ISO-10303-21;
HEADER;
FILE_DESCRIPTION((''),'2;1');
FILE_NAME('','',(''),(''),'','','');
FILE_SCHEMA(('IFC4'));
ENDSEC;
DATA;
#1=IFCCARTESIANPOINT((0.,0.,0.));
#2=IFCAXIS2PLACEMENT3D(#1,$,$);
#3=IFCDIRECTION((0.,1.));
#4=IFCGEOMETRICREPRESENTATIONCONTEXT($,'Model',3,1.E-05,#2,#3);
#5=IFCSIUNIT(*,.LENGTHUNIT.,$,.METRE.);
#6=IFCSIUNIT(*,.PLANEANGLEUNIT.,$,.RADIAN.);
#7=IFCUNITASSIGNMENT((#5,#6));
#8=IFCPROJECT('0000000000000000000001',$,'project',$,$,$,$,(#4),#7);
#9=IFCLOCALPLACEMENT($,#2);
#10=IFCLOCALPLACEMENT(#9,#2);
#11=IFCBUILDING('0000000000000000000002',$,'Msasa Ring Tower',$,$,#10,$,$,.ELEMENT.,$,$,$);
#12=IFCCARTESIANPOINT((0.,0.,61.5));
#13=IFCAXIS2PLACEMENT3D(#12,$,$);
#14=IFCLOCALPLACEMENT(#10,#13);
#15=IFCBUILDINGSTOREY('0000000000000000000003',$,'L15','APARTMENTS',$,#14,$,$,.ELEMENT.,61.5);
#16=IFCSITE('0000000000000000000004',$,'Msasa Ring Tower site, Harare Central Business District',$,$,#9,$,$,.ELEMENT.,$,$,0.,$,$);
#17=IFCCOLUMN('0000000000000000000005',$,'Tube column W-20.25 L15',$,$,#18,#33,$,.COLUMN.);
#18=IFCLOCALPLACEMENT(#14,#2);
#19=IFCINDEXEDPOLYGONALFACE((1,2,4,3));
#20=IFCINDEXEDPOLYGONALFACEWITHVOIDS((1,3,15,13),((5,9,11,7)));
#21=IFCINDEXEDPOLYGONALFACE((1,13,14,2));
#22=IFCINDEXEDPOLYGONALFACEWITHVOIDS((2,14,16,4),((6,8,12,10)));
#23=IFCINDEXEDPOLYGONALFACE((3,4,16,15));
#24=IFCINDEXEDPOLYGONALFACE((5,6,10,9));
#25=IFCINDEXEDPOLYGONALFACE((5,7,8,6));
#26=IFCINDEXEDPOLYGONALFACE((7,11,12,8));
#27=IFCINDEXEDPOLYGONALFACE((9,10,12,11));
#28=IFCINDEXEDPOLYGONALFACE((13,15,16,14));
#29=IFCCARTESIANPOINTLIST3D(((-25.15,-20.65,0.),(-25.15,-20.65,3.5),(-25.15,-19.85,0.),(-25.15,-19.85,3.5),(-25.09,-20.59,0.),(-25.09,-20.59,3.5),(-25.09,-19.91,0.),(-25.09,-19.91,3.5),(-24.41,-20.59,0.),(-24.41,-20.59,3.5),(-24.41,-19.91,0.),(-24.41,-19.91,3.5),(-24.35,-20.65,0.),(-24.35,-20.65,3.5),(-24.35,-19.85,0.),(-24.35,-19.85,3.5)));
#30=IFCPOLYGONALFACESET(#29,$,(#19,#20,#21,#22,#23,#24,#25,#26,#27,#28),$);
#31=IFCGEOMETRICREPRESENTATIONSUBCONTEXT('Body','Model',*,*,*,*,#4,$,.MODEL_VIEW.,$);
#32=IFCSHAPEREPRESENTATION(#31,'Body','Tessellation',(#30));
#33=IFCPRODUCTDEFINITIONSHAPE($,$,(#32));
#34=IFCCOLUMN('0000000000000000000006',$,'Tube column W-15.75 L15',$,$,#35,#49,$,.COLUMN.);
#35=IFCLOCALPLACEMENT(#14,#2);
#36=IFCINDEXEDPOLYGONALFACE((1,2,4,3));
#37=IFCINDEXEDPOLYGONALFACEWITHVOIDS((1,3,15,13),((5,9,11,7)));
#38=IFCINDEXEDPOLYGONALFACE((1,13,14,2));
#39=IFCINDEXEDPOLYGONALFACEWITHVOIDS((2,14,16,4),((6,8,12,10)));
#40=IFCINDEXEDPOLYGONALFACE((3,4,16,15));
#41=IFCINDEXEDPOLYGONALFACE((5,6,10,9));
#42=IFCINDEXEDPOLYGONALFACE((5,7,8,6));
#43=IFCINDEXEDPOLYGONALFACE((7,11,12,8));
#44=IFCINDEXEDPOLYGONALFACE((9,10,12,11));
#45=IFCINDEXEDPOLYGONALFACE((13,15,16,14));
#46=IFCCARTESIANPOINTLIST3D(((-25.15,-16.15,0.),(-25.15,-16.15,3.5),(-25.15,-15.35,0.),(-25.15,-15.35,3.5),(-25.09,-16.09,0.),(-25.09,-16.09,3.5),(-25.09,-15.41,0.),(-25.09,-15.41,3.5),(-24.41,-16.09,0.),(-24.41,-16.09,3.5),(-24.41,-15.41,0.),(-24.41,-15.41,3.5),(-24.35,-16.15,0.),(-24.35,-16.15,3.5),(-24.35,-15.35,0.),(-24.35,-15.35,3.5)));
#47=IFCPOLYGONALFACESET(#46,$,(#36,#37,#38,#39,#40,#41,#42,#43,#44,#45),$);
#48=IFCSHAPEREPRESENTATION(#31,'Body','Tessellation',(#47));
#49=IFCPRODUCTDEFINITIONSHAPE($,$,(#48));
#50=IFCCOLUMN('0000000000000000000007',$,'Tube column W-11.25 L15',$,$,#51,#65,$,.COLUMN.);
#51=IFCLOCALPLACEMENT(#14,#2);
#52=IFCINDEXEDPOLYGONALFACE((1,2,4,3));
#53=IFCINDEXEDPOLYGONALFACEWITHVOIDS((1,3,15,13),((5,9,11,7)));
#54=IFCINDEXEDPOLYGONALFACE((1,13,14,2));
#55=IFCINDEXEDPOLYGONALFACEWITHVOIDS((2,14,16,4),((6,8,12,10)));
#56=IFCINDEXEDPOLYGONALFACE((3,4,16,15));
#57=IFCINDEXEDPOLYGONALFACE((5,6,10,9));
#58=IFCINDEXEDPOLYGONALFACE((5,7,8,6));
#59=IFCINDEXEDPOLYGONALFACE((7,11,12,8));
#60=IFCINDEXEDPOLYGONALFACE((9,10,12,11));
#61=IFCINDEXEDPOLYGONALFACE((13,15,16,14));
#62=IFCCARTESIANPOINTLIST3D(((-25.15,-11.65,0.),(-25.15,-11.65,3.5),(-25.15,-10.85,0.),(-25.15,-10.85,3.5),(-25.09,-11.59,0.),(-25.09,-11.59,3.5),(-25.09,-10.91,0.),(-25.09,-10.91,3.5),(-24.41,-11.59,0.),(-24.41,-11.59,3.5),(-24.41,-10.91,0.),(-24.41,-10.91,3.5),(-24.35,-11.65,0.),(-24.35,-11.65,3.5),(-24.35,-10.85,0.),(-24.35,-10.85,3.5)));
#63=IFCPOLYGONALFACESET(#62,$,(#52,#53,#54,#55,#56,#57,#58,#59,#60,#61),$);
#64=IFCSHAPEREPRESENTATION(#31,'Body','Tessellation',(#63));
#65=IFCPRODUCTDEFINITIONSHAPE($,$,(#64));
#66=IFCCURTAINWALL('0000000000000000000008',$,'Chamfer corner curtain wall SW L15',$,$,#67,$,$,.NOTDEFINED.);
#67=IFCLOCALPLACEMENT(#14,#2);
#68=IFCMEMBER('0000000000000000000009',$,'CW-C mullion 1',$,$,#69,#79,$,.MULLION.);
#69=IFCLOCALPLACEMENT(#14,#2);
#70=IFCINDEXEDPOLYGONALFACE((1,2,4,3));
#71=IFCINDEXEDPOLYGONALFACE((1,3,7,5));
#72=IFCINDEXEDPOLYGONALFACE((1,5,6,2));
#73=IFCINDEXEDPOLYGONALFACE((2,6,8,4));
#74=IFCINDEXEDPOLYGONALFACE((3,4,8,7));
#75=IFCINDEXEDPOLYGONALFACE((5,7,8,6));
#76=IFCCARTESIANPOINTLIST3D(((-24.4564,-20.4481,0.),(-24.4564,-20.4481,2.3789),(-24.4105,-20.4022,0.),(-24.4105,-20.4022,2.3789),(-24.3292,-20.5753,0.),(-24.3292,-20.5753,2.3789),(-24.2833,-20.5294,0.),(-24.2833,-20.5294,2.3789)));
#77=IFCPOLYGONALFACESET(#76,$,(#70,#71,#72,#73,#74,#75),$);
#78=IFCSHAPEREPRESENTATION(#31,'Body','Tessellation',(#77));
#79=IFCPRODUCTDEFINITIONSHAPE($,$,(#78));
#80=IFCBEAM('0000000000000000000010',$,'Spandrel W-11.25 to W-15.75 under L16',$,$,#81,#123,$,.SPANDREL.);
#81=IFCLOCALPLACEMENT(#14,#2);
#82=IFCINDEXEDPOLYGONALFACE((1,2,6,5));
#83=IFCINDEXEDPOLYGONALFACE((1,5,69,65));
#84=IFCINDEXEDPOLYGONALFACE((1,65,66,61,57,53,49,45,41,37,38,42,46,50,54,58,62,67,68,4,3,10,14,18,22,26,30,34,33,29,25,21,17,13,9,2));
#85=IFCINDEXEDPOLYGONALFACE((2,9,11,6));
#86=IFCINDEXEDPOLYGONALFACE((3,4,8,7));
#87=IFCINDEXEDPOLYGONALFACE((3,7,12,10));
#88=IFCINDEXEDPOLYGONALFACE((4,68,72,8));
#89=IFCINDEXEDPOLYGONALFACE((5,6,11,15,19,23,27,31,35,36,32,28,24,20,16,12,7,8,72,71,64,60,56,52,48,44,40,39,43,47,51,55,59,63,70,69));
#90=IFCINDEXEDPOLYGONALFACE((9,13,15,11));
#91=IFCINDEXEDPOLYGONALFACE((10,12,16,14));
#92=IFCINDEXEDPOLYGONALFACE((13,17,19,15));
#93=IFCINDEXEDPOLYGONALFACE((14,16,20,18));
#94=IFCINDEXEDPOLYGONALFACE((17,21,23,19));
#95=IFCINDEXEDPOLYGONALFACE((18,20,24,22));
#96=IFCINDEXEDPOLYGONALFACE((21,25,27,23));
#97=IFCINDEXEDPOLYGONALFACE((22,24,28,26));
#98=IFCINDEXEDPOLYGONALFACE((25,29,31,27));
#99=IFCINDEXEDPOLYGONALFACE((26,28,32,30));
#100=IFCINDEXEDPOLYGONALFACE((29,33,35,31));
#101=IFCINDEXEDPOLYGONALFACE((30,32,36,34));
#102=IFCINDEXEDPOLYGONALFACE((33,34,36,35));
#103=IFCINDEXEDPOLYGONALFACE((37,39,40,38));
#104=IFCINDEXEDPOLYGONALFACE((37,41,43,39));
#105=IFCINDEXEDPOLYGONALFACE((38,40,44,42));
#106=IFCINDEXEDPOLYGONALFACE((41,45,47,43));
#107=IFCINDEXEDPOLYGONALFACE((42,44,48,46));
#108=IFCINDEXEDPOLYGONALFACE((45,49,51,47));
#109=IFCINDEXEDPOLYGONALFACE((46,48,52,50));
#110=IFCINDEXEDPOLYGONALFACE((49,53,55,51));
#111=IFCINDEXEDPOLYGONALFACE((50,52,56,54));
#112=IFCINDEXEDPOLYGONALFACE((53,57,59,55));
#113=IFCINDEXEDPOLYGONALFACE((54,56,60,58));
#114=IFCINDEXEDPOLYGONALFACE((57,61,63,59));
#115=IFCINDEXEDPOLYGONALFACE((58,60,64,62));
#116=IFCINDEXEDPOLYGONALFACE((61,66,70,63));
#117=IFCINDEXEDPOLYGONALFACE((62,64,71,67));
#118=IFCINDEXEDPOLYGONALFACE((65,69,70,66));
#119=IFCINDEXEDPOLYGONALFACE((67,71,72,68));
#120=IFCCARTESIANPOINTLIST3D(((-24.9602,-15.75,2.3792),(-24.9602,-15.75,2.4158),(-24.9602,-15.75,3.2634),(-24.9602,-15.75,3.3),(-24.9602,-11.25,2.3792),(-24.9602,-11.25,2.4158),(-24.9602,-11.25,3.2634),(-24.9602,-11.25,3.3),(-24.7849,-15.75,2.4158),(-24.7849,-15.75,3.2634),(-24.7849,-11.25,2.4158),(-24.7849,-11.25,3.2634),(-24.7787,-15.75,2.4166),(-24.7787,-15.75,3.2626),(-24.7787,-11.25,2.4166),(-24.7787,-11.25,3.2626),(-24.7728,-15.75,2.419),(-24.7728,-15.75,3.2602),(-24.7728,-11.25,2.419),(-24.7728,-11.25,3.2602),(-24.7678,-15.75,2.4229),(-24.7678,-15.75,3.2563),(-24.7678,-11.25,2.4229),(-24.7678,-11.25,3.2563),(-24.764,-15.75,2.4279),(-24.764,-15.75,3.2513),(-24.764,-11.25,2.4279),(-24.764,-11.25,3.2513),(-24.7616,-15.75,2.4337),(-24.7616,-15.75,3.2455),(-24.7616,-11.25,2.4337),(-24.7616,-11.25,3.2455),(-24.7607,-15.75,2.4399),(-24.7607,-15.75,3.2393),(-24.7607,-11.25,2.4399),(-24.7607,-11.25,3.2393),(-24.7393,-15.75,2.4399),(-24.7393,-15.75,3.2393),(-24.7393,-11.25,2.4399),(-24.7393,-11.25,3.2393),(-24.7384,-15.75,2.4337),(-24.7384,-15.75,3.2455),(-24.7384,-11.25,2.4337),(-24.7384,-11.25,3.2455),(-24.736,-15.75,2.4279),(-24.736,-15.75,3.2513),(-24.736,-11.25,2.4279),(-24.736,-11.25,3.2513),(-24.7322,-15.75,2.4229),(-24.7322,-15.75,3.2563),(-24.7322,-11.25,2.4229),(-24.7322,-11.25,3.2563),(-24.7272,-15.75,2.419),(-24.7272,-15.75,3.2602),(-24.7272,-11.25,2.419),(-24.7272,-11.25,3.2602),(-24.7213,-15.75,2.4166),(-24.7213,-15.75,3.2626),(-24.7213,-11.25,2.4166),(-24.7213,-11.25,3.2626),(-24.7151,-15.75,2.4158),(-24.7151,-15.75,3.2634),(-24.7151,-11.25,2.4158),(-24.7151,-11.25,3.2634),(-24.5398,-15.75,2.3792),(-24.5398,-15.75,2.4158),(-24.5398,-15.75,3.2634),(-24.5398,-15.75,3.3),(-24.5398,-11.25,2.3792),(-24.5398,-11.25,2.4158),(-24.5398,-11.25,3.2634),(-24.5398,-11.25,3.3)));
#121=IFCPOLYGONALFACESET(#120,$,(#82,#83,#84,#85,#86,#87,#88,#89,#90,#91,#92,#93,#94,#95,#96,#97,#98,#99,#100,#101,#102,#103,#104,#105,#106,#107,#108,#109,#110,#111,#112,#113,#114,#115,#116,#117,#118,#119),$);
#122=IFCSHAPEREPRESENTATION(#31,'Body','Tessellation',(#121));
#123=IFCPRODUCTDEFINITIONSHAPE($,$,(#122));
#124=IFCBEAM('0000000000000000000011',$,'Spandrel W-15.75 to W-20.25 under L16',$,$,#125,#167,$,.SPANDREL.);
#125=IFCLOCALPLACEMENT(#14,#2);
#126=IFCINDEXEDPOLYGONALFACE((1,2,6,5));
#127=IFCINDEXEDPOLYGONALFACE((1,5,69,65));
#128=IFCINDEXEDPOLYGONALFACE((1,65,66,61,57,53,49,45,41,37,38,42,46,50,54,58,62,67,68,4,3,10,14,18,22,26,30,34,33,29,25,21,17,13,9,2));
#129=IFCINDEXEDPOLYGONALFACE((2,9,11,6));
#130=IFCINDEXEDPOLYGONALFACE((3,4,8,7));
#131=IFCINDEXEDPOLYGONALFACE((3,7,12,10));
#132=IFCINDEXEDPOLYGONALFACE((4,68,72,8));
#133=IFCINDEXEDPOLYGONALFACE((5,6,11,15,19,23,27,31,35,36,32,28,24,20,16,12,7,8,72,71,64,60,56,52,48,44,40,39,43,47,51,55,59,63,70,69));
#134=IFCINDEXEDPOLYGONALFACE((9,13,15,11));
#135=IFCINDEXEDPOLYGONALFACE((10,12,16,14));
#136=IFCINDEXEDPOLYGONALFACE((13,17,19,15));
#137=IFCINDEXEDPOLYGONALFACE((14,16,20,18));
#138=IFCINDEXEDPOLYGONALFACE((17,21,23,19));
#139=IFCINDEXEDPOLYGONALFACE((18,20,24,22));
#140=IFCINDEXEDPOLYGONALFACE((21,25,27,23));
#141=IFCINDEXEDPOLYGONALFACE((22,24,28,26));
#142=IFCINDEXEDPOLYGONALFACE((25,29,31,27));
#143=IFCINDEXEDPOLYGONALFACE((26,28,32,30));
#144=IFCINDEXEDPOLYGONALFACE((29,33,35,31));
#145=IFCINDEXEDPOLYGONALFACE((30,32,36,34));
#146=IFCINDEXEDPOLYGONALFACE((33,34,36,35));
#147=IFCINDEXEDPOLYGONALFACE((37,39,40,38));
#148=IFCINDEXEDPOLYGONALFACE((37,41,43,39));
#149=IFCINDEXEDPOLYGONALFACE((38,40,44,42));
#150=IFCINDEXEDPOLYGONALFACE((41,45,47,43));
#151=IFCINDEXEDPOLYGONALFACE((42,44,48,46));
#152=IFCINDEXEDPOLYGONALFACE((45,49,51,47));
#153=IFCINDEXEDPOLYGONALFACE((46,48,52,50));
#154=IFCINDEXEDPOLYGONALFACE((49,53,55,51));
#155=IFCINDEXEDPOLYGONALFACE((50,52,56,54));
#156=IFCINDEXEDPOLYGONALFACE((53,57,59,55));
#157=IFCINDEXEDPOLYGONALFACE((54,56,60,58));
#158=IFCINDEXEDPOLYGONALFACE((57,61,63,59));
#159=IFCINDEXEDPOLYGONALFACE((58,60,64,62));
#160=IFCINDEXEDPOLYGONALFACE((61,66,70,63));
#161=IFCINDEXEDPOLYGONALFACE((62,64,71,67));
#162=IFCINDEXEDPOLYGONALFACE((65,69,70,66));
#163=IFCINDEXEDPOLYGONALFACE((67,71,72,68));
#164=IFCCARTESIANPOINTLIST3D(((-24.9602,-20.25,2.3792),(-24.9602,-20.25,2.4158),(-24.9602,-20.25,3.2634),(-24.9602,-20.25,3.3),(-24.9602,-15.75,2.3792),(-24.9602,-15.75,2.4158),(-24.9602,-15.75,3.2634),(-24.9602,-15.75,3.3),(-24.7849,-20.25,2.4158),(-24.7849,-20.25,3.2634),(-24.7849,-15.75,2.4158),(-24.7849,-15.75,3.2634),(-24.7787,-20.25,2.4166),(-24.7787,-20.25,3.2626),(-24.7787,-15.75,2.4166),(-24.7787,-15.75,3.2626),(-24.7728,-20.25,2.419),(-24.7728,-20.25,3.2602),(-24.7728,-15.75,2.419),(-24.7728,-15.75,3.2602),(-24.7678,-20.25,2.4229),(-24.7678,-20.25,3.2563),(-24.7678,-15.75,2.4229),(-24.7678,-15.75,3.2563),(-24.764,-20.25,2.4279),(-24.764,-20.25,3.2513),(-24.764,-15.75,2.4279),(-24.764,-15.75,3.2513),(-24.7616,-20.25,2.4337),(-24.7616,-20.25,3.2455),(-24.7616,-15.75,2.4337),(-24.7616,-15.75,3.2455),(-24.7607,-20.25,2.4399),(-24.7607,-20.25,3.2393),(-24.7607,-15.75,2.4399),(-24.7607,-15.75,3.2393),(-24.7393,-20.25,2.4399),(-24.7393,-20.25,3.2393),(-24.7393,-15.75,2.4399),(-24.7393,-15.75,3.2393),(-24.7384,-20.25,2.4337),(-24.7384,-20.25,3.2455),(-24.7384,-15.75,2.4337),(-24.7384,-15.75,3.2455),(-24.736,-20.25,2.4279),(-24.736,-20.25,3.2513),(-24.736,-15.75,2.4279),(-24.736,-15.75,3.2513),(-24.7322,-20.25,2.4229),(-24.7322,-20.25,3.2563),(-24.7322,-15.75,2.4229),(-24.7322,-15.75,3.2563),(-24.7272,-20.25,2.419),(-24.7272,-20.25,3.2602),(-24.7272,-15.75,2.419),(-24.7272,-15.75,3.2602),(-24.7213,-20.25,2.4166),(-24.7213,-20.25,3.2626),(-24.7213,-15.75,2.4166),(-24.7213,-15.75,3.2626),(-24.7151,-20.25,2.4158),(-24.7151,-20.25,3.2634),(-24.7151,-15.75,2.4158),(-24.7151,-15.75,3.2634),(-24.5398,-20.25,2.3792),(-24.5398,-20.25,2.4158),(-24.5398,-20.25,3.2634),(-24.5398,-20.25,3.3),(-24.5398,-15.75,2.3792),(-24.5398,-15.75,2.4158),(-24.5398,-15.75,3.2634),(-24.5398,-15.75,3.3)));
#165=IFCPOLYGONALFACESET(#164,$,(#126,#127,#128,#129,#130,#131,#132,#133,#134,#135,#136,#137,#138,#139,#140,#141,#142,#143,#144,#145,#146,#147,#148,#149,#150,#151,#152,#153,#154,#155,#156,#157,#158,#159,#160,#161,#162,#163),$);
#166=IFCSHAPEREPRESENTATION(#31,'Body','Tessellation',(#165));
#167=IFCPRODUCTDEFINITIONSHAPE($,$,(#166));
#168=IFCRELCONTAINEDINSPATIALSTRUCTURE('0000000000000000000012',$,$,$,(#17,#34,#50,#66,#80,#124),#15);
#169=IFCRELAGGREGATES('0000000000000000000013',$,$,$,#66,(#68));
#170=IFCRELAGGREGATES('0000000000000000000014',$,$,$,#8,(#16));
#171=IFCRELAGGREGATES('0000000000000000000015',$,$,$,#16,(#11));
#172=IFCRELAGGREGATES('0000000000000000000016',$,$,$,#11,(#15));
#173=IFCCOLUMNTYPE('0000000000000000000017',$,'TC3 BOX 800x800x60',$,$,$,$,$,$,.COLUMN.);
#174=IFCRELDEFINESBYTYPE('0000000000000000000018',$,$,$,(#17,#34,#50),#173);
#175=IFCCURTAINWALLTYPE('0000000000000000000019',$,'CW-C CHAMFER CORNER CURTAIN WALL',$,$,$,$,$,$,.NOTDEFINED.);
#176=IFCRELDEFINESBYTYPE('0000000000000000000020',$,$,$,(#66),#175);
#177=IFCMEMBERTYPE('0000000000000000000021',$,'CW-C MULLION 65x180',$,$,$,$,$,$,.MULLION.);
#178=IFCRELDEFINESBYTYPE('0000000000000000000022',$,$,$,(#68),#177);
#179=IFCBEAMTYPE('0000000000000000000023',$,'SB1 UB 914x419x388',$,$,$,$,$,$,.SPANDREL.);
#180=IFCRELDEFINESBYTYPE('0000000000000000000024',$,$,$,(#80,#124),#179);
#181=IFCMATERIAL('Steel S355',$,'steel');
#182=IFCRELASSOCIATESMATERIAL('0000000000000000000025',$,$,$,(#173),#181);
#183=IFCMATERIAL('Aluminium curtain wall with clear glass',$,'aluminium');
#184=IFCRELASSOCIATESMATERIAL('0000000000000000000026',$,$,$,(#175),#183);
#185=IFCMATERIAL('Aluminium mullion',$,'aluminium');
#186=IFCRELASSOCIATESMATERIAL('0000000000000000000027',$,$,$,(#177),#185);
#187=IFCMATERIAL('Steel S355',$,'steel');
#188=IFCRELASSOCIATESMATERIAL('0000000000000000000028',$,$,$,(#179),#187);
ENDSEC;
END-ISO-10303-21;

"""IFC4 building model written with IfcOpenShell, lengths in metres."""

from ifc_helpers import new_model, si_unit, direction, frame, origin, origin_2d, place, context, subcontext, project, spatial, rectangle, hollow_rectangle, i_section, extrude, material, material_profile, profile_set, type_object, element, aggregate, save


model = new_model("IFC4")

# Units and contexts
model_context = context("Model", 3, precision=1e-05, world=origin(), true_north=direction((0.0, 1.0)))
body_context = subcontext(model_context, "Body", "Model", "MODEL_VIEW")
ifc_project = project(units=[si_unit("LENGTHUNIT", "METRE"), si_unit("PLANEANGLEUNIT", "RADIAN")], contexts=[model_context])

# Site, building, storey
site_placement = place(None, origin())
site = spatial("IfcSite", under=ifc_project, at=site_placement, Name="Msasa Ring Tower site, Harare Central Business District", CompositionType="ELEMENT", RefElevation=0.0)
building_placement = place(site_placement, origin())
building = spatial("IfcBuilding", under=site, at=building_placement, Name="Msasa Ring Tower", CompositionType="ELEMENT")
storey_placement = place(building_placement, frame((0.0, 0.0, 61.5)))
storey = spatial("IfcBuildingStorey", under=building, at=storey_placement, Name="L15", Description="APARTMENTS", CompositionType="ELEMENT", Elevation=61.5)

# Columns
ifc_material_1 = material(Name="Steel S355", Category="steel")
ifc_material_profile_1 = material_profile(ifc_material_1, hollow_rectangle(XDim=0.8, YDim=0.8, WallThickness=0.0601, at=origin_2d()), Name="BOX 800x800x60")
ifc_profile_set_1 = profile_set([ifc_material_profile_1], Name="Steel S355")
column_type = type_object("IfcColumnType", Name="TC3 BOX 800x800x60", PredefinedType="COLUMN", material=ifc_profile_set_1)
for number, where, z_axis, x_axis, name in (
    (1, (-24.75, -20.25, 0.0), (0.0, 0.0, 1.0), (1.0, 0.0, 0.0), "Tube column W-20.25 L15"),
    (2, (-24.75, -15.75, 0.0), (0.0, 0.0, 1.0), (1.0, 0.0, 0.0), "Tube column W-15.75 L15"),
    (3, (-24.75, -11.25, 0.0), (0.0, 0.0, 1.0), (1.0, 0.0, 0.0), "Tube column W-11.25 L15"),
):
    element("IfcColumn", number, at=place(storey_placement, frame(where, z_axis=z_axis, x_axis=x_axis)), inside=storey, type_object=column_type, Name=name, PredefinedType="COLUMN", context=body_context, shape_type="SweptSolid", body=[
        extrude(hollow_rectangle(XDim=0.8, YDim=0.8, WallThickness=0.0601, at=origin_2d()), origin(), (0.0, 0.0, 1.0), 3.5),
    ])

# Curtain wall, member
ifc_material_2 = material(Name="Aluminium curtain wall with clear glass", Category="aluminium")
curtain_wall_type = type_object("IfcCurtainWallType", Name="CW-C CHAMFER CORNER CURTAIN WALL", PredefinedType="NOTDEFINED", material=ifc_material_2)
curtain_wall_placement = place(storey_placement, origin())
curtain_wall = element("IfcCurtainWall", 4, at=curtain_wall_placement, inside=storey, type_object=curtain_wall_type, Name="Chamfer corner curtain wall SW L15", PredefinedType="NOTDEFINED")
ifc_material_3 = material(Name="Aluminium mullion", Category="aluminium")
ifc_material_profile_2 = material_profile(ifc_material_3, rectangle(XDim=0.0649, YDim=0.1799, at=origin_2d()), Name="AL 65x180")
ifc_profile_set_2 = profile_set([ifc_material_profile_2], Name="Aluminium mullion")
member_type = type_object("IfcMemberType", Name="CW-C MULLION 65x180", PredefinedType="MULLION", material=ifc_profile_set_2)
member_placement = place(storey_placement, frame((-24.3699, -20.4888, 0.0), z_axis=(0.0, 0.0, 1.0), x_axis=(0.707107, 0.707107, 0.0)))
member = element("IfcMember", 5, at=member_placement, type_object=member_type, Name="CW-C mullion 1", PredefinedType="MULLION", context=body_context, shape_type="SweptSolid", body=[
    extrude(rectangle(XDim=0.0649, YDim=0.1799, at=origin_2d()), origin(), (0.0, 0.0, 1.0), 2.3789),
])
aggregate(curtain_wall, [member])

# Beams
ifc_material_4 = material(Name="Steel S355", Category="steel")
ifc_material_profile_3 = material_profile(ifc_material_4, i_section(OverallWidth=0.4204, OverallDepth=0.9209, WebThickness=0.0215, FlangeThickness=0.0366, FilletRadius=0.0242, at=origin_2d()), Name="UB 914x419x388")
ifc_profile_set_3 = profile_set([ifc_material_profile_3], Name="Steel S355")
beam_type = type_object("IfcBeamType", Name="SB1 UB 914x419x388", PredefinedType="SPANDREL", material=ifc_profile_set_3)
for number, where, z_axis, x_axis, name in (
    (6, (-24.75, -11.25, 2.8396), (0.0, -1.0, 0.0), (1.0, 0.0, 0.0), "Spandrel W-11.25 to W-15.75 under L16"),
    (7, (-24.75, -15.75, 2.8396), (0.0, -1.0, 0.0), (1.0, 0.0, 0.0), "Spandrel W-15.75 to W-20.25 under L16"),
):
    element("IfcBeam", number, at=place(storey_placement, frame(where, z_axis=z_axis, x_axis=x_axis)), inside=storey, type_object=beam_type, Name=name, PredefinedType="SPANDREL", context=body_context, shape_type="SweptSolid", body=[
        extrude(i_section(OverallWidth=0.4204, OverallDepth=0.9209, WebThickness=0.0215, FlangeThickness=0.0366, FilletRadius=0.0242, at=origin_2d()), origin(), (0.0, 0.0, 1.0), 4.5),
    ])

save(model, "model.ifc")
